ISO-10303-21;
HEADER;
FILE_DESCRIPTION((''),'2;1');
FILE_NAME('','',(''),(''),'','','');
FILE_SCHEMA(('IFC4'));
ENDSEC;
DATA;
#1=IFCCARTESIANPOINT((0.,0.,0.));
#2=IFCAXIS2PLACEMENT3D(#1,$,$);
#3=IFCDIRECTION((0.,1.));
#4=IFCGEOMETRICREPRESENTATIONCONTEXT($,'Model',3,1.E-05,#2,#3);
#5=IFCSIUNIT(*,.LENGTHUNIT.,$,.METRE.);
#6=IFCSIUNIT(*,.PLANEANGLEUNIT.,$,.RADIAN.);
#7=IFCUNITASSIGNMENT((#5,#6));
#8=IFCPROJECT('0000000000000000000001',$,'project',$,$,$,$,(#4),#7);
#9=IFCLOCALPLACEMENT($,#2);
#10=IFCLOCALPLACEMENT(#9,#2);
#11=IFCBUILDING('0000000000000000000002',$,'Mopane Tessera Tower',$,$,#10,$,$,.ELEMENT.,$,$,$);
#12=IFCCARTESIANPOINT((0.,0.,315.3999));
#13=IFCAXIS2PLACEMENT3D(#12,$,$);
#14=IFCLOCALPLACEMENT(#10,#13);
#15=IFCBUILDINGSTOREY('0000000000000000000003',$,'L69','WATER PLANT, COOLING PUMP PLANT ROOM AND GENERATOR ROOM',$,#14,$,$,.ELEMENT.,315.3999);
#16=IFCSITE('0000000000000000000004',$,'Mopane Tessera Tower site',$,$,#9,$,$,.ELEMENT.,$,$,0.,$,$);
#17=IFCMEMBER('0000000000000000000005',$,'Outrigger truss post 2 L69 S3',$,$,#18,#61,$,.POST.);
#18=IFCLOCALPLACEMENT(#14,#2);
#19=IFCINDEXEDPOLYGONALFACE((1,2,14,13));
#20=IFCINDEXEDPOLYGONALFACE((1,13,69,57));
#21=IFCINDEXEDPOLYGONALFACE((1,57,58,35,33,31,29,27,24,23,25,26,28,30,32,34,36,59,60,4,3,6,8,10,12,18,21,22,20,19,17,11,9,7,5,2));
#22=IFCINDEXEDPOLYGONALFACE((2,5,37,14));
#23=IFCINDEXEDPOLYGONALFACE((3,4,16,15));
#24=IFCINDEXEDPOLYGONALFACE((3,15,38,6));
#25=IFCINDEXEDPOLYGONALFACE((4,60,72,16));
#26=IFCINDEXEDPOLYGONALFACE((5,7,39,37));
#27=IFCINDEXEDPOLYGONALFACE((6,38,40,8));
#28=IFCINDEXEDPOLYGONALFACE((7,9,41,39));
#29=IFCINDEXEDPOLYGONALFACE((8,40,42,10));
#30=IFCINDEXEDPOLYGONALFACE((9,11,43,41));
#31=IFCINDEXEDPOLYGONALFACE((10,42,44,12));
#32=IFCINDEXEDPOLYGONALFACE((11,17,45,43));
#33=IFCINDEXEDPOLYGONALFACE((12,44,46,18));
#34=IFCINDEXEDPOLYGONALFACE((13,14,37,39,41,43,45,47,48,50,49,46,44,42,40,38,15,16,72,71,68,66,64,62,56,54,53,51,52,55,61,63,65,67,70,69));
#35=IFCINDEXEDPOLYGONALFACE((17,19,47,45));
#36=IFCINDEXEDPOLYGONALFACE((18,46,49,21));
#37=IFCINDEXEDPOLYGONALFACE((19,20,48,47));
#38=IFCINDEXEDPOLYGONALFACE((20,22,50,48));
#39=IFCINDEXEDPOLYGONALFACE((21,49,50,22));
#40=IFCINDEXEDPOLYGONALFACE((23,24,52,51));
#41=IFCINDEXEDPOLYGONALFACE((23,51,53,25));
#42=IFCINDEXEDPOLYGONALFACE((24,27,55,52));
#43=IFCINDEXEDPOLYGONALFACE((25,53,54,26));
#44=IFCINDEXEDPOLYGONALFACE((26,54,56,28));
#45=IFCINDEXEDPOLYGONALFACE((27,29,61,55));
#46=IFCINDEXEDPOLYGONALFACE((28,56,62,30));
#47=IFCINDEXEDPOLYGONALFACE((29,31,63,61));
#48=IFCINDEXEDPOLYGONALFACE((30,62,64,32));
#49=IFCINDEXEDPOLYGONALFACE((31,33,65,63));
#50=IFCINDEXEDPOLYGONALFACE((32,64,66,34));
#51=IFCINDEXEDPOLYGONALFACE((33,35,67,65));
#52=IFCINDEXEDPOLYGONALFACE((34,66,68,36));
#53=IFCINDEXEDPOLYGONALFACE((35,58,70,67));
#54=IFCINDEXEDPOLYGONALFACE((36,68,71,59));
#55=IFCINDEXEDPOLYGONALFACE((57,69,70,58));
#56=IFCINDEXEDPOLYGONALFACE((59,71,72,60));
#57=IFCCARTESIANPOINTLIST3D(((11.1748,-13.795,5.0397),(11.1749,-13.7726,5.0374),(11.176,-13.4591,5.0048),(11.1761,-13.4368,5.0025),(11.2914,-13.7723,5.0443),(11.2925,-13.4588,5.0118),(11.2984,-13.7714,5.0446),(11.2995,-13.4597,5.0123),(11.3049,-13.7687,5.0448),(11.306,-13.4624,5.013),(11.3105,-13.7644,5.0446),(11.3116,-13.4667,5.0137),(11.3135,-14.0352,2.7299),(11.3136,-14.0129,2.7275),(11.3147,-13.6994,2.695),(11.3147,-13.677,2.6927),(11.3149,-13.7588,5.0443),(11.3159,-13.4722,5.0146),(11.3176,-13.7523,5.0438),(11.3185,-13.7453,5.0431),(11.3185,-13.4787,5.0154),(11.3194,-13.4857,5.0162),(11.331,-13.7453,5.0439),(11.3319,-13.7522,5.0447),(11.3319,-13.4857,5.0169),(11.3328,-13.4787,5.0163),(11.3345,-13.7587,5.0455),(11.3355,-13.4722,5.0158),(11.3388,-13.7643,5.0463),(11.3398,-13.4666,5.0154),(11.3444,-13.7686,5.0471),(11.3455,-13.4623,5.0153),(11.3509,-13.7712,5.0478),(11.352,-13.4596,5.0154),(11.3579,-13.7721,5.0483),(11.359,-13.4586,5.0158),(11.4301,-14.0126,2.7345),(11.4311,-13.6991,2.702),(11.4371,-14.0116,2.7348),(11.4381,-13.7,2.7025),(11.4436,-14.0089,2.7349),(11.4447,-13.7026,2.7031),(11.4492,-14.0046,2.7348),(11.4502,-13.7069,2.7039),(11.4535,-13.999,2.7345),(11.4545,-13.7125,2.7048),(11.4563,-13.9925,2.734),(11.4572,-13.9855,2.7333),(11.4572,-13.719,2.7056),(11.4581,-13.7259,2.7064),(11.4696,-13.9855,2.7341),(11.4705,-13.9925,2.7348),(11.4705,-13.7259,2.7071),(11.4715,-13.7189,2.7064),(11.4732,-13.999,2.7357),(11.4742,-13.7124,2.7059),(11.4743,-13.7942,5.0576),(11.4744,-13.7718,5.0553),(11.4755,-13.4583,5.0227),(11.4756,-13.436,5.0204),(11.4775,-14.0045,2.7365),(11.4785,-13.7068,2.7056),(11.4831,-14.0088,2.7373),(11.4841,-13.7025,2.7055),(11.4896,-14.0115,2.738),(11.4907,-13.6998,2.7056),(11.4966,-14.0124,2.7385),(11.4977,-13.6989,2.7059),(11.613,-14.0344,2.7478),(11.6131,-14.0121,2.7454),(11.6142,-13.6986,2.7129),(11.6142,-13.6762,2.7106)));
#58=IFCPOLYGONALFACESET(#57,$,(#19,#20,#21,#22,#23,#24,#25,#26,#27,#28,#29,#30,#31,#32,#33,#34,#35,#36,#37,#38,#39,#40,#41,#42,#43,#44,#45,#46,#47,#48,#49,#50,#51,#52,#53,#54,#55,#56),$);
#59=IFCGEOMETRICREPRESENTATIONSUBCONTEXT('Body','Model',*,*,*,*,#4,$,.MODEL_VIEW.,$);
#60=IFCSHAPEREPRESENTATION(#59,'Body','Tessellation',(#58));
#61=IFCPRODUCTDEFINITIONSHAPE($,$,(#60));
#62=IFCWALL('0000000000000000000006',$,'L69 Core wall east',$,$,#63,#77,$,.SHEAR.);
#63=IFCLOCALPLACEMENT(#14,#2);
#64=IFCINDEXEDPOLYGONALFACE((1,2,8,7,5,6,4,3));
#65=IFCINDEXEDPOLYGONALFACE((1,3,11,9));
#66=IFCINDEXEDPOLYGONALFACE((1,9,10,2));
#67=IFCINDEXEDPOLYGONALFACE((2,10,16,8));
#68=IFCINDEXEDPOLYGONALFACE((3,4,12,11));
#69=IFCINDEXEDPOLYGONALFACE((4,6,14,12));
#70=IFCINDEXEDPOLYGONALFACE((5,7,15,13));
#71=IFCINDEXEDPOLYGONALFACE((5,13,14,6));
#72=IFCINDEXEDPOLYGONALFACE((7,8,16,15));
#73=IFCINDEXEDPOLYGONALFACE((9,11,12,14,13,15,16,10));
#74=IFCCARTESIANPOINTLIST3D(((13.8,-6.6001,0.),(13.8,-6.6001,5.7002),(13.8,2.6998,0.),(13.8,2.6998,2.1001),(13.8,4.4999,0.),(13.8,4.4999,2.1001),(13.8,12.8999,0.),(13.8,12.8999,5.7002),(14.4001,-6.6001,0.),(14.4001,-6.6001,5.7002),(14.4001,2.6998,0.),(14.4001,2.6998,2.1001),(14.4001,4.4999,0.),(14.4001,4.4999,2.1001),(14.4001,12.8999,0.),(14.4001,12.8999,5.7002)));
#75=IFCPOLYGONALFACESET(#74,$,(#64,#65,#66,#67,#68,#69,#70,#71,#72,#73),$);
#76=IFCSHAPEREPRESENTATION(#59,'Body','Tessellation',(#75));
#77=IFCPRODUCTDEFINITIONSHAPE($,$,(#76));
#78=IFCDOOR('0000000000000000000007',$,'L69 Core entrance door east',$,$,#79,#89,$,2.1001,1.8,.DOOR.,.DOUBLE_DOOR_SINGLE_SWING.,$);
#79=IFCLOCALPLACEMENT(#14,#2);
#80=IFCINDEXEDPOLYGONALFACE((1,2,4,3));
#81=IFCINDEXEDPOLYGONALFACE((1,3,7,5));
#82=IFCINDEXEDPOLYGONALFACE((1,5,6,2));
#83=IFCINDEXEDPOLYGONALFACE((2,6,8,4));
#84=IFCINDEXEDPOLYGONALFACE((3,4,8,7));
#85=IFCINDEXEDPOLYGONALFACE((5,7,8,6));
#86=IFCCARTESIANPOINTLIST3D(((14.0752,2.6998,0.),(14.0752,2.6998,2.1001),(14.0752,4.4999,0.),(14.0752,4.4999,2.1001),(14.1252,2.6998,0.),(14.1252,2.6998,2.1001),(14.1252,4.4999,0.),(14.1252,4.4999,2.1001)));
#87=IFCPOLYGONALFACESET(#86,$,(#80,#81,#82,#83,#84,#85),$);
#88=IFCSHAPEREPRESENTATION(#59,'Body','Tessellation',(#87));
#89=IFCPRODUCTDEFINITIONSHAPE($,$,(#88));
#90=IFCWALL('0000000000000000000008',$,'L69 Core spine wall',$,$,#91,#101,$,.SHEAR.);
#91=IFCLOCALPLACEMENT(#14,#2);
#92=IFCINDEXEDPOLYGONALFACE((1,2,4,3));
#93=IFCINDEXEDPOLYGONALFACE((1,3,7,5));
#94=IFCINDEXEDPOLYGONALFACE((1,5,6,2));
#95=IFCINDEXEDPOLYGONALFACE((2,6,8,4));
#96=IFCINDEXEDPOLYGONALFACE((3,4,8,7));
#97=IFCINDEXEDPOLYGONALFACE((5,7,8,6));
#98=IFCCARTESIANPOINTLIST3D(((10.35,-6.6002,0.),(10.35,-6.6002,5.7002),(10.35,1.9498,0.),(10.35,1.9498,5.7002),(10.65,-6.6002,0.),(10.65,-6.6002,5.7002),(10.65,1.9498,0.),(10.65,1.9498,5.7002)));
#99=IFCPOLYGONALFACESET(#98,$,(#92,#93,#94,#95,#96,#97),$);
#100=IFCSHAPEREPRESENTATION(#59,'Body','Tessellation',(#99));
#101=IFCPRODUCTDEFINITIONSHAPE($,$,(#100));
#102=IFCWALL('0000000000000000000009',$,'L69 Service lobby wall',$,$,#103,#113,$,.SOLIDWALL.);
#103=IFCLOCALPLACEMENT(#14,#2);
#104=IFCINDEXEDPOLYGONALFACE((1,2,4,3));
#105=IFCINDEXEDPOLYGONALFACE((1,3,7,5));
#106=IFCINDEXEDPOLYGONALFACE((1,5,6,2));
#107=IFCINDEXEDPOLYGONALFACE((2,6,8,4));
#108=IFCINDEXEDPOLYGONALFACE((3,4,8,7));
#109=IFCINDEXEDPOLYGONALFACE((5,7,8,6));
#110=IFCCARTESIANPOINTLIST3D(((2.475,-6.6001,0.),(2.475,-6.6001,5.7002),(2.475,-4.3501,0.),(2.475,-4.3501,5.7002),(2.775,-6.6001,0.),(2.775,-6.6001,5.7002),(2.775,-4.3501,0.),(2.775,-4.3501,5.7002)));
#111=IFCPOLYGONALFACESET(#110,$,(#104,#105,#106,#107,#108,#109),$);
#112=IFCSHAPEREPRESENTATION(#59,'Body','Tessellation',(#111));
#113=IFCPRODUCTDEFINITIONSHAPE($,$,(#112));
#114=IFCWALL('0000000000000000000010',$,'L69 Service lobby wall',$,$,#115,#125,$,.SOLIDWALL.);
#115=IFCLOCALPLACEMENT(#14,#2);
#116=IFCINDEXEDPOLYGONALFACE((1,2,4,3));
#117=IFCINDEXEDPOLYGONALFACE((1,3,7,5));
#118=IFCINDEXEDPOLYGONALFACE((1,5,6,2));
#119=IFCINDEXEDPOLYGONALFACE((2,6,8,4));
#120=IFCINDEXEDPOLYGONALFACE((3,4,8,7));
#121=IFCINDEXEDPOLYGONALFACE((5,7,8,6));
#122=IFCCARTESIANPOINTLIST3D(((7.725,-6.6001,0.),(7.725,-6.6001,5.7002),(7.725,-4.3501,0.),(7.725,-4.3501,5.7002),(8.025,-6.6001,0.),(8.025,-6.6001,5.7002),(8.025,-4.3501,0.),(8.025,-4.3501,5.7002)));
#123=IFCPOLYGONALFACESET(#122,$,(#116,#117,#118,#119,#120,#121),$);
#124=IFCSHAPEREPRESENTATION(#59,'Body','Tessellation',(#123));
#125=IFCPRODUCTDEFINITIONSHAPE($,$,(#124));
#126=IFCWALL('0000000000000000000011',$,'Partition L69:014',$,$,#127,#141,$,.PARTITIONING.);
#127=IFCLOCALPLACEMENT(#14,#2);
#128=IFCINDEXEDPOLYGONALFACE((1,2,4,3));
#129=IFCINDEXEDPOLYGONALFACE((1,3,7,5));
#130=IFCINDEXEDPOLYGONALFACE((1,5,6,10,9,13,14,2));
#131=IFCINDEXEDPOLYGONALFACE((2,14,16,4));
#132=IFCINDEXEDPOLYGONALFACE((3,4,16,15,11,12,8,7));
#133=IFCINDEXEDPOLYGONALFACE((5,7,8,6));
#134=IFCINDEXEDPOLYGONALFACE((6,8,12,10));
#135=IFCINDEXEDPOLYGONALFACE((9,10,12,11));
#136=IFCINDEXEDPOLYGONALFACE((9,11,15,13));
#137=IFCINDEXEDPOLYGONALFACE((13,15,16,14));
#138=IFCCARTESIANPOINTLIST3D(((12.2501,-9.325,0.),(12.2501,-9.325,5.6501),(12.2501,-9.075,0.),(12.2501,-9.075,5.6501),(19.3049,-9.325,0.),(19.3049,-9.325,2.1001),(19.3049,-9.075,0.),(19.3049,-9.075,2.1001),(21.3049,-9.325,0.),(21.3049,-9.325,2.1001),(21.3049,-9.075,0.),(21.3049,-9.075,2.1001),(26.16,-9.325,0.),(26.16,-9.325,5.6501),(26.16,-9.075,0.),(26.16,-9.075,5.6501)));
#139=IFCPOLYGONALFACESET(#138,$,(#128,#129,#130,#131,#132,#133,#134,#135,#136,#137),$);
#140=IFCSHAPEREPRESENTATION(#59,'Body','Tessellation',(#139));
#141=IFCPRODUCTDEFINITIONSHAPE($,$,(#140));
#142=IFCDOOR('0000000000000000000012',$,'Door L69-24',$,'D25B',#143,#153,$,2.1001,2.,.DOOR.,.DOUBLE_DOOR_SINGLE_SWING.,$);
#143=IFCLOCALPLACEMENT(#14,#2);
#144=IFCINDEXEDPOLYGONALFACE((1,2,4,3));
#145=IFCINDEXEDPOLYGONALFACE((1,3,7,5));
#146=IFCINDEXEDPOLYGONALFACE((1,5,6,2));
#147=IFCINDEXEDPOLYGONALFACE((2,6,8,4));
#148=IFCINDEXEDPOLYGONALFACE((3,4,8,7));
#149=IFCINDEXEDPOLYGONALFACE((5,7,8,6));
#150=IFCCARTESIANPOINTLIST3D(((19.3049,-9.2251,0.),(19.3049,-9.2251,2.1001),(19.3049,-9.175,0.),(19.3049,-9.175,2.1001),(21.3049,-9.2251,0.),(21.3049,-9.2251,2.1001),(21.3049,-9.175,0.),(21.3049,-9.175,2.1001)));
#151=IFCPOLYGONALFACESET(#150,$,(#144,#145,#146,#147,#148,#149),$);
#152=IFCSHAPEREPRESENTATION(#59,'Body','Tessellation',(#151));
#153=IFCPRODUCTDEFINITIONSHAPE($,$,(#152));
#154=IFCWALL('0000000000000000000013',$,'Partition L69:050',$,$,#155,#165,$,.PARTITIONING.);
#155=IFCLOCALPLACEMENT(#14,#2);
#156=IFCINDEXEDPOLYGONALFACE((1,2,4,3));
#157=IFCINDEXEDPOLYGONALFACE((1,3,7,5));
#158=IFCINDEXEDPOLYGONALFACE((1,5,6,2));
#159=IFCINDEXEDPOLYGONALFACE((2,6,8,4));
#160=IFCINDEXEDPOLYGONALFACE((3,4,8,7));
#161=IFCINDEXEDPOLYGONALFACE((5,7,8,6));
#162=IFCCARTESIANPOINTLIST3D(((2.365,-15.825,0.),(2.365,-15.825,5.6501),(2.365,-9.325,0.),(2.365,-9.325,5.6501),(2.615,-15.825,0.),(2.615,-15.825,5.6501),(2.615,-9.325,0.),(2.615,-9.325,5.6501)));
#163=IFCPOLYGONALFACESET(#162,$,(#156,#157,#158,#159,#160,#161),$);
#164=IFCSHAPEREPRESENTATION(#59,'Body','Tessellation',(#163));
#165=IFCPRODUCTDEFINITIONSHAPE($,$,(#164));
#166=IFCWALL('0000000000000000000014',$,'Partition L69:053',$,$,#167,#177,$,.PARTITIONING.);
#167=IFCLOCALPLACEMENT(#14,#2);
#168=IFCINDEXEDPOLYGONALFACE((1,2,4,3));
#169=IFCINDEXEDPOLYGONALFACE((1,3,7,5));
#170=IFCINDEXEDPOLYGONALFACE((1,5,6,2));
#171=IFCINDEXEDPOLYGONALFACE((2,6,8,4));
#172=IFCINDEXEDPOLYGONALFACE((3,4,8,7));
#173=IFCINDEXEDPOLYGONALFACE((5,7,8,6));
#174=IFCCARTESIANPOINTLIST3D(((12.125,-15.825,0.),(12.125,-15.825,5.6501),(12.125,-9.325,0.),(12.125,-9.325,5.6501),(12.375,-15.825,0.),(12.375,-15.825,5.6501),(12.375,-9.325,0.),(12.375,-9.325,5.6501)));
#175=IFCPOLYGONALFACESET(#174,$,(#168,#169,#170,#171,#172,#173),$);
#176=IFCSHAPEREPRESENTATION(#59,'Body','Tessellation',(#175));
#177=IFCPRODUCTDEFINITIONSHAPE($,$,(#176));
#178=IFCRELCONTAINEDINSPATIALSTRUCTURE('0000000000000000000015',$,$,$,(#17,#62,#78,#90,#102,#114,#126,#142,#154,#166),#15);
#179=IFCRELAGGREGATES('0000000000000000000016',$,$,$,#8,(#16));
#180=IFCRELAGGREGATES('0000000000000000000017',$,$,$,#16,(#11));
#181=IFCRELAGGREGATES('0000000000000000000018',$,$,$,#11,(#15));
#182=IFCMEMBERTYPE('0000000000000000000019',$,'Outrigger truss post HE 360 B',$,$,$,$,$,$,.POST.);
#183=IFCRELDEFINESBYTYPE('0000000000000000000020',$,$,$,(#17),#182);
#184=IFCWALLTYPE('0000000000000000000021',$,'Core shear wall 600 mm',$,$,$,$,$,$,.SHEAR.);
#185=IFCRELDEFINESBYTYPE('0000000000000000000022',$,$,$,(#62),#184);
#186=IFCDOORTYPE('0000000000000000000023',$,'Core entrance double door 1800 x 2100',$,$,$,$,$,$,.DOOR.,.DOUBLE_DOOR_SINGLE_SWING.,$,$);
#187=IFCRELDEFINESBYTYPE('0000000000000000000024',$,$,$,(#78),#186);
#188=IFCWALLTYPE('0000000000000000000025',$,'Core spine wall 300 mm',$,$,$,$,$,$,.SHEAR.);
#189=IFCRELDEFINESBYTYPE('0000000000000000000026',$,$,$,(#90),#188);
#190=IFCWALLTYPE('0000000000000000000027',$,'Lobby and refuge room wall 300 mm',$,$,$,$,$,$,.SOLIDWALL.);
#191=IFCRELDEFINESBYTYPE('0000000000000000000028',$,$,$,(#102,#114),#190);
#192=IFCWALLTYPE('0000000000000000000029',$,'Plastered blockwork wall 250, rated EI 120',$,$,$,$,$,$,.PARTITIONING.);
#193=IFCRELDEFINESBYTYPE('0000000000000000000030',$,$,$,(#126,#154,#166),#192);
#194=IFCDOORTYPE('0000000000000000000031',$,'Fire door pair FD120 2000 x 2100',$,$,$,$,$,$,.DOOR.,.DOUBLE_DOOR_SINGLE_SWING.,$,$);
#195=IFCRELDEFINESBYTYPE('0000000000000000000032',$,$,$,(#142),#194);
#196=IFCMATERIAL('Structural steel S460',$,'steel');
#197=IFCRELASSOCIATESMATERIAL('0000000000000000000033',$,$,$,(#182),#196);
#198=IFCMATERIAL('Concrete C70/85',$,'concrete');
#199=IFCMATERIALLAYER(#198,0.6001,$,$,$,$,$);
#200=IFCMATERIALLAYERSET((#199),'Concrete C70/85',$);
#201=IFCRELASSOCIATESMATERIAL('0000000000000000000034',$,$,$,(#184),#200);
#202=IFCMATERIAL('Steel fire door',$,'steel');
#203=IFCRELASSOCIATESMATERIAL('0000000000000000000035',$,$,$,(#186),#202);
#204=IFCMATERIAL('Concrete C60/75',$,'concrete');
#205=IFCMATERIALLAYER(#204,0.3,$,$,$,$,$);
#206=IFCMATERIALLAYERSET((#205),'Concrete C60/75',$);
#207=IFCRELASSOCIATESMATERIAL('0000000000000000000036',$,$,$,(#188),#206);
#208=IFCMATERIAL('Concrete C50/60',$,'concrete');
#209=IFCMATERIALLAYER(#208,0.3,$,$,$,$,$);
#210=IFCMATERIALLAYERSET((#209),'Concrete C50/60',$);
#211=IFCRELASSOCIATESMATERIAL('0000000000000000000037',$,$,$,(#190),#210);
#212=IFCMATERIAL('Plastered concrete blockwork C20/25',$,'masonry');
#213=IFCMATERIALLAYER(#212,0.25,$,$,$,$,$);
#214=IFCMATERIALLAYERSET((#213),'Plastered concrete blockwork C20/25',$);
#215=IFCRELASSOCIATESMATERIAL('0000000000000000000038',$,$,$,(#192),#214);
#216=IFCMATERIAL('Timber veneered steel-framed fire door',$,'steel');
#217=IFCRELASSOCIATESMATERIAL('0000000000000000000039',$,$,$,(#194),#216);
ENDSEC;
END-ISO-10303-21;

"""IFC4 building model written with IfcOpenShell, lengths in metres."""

from ifc_helpers import new_model, si_unit, direction, frame, frame_2d, origin, origin_2d, place, context, subcontext, project, spatial, rectangle, i_section, extrude, material, layer, layer_set, material_profile, profile_set, type_object, element, fill, save


model = new_model("IFC4")

# Units and contexts
model_context = context("Model", 3, precision=1e-05, world=origin(), true_north=direction((0.0, 1.0)))
body_context = subcontext(model_context, "Body", "Model", "MODEL_VIEW")
ifc_project = project(units=[si_unit("LENGTHUNIT", "METRE"), si_unit("PLANEANGLEUNIT", "RADIAN")], contexts=[model_context])

# Site, building, storey
site_placement = place(None, origin())
site = spatial("IfcSite", under=ifc_project, at=site_placement, Name="Mopane Tessera Tower site", CompositionType="ELEMENT", RefElevation=0.0)
building_placement = place(site_placement, origin())
building = spatial("IfcBuilding", under=site, at=building_placement, Name="Mopane Tessera Tower", CompositionType="ELEMENT")
storey_placement = place(building_placement, frame((0.0, 0.0, 315.3999)))
storey = spatial("IfcBuildingStorey", under=building, at=storey_placement, Name="L69", Description="WATER PLANT, COOLING PUMP PLANT ROOM AND GENERATOR ROOM", CompositionType="ELEMENT", Elevation=315.3999)

# Member
ifc_material_1 = material(Name="Structural steel S460", Category="steel")
ifc_material_profile_1 = material_profile(ifc_material_1, i_section(OverallWidth=0.3, OverallDepth=0.3601, WebThickness=0.0125, FlangeThickness=0.0225, FilletRadius=0.0271, at=origin_2d()))
ifc_profile_set_1 = profile_set([ifc_material_profile_1], Name="Structural steel S460")
member_type_1 = type_object("IfcMemberType", Name="Outrigger truss post HE 360 B", PredefinedType="POST", material=ifc_profile_set_1)
member_1_placement = place(storey_placement, frame((11.4639, -13.8557, 2.7202), z_axis=(-0.059608, 0.103264, 0.992866), x_axis=(0.998216, 0.002747, 0.059643)))
element("IfcMember", 1, at=member_1_placement, inside=storey, type_object=member_type_1, Name="Outrigger truss post 2 L69 S3", PredefinedType="POST", context=body_context, shape_type="SweptSolid", body=[
    extrude(i_section(OverallWidth=0.3, OverallDepth=0.3601, WebThickness=0.0125, FlangeThickness=0.0225, FilletRadius=0.0271, at=origin_2d()), origin(), (0.0, 0.0, 1.0), 2.3264),
])

# Wall, opening, door
ifc_material_2 = material(Name="Concrete C70/85", Category="concrete")
ifc_layer_1 = layer(ifc_material_2, 0.6001)
ifc_layer_set_1 = layer_set([ifc_layer_1], Name="Concrete C70/85")
wall_type_1 = type_object("IfcWallType", Name="Core shear wall 600 mm", PredefinedType="SHEAR", material=ifc_layer_set_1)
wall_1_placement = place(storey_placement, frame((14.1001, -6.6001, 0.0), z_axis=(0.0, 0.0, 1.0), x_axis=(0.0, 1.0, 0.0)))
wall_1 = element("IfcWall", 2, at=wall_1_placement, inside=storey, type_object=wall_type_1, Name="L69 Core wall east", PredefinedType="SHEAR", context=body_context, shape_type="SweptSolid", body=[
    extrude(rectangle(XDim=19.5, YDim=0.6001, at=frame_2d((9.75, 0.0))), origin(), (0.0, 0.0, 1.0), 5.7002),
])
opening_1_placement = place(wall_1_placement, frame((9.3, 0.0, 0.0)))
opening_1 = element("IfcOpeningElement", 3, at=opening_1_placement, cuts=wall_1, PredefinedType="OPENING", context=body_context, shape_type="SweptSolid", body=[
    extrude(rectangle(XDim=1.8, YDim=2.1001, at=frame_2d((0.8999, 1.05))), frame((0.0, 0.312, 0.0), z_axis=(0.0, -1.0, 0.0), x_axis=(1.0, 0.0, 0.0)), (0.0, 0.0, 1.0), 0.624),
])
ifc_material_3 = material(Name="Steel fire door", Category="steel")
door_type_1 = type_object("IfcDoorType", Name="Core entrance double door 1800 x 2100", OperationType="DOUBLE_DOOR_SINGLE_SWING", PredefinedType="DOOR", material=ifc_material_3)
door_1_placement = place(opening_1_placement, origin())
door_1 = element("IfcDoor", 4, at=door_1_placement, inside=storey, type_object=door_type_1, Name="L69 Core entrance door east", OperationType="DOUBLE_DOOR_SINGLE_SWING", OverallHeight=2.1001, OverallWidth=1.8, PredefinedType="DOOR", context=body_context, shape_type="SweptSolid", body=[
    extrude(rectangle(XDim=1.8, YDim=2.1001, at=frame_2d((0.8999, 1.05))), frame((0.0, 0.0249, 0.0), z_axis=(0.0, -1.0, 0.0), x_axis=(1.0, 0.0, 0.0)), (0.0, 0.0, 1.0), 0.05),
])
fill(opening_1, door_1)

# Walls
ifc_material_4 = material(Name="Concrete C60/75", Category="concrete")
ifc_layer_2 = layer(ifc_material_4, 0.3)
ifc_layer_set_2 = layer_set([ifc_layer_2], Name="Concrete C60/75")
wall_type_2 = type_object("IfcWallType", Name="Core spine wall 300 mm", PredefinedType="SHEAR", material=ifc_layer_set_2)
wall_2_placement = place(storey_placement, frame((10.5, -6.6001, 0.0), z_axis=(0.0, 0.0, 1.0), x_axis=(0.0, 1.0, 0.0)))
element("IfcWall", 5, at=wall_2_placement, inside=storey, type_object=wall_type_2, Name="L69 Core spine wall", PredefinedType="SHEAR", context=body_context, shape_type="SweptSolid", body=[
    extrude(rectangle(XDim=8.55, YDim=0.3, at=frame_2d((4.2749, 0.0))), origin(), (0.0, 0.0, 1.0), 5.7002),
])
ifc_material_5 = material(Name="Concrete C50/60", Category="concrete")
ifc_layer_3 = layer(ifc_material_5, 0.3)
ifc_layer_set_3 = layer_set([ifc_layer_3], Name="Concrete C50/60")
wall_type_3 = type_object("IfcWallType", Name="Lobby and refuge room wall 300 mm", PredefinedType="SOLIDWALL", material=ifc_layer_set_3)
for number, where, z_axis, x_axis, name in (
    (6, (2.625, -6.6001, 0.0), (0.0, 0.0, 1.0), (0.0, 1.0, 0.0), "L69 Service lobby wall"),
    (7, (7.875, -6.6001, 0.0), (0.0, 0.0, 1.0), (0.0, 1.0, 0.0), "L69 Service lobby wall"),
):
    element("IfcWall", number, at=place(storey_placement, frame(where, z_axis=z_axis, x_axis=x_axis)), inside=storey, type_object=wall_type_3, Name=name, PredefinedType="SOLIDWALL", context=body_context, shape_type="SweptSolid", body=[
        extrude(rectangle(XDim=2.25, YDim=0.3, at=frame_2d((1.125, 0.0))), origin(), (0.0, 0.0, 1.0), 5.7002),
    ])

# Wall, opening, door
ifc_material_6 = material(Name="Plastered concrete blockwork C20/25", Category="masonry")
ifc_layer_4 = layer(ifc_material_6, 0.25)
ifc_layer_set_4 = layer_set([ifc_layer_4], Name="Plastered concrete blockwork C20/25")
wall_type_4 = type_object("IfcWallType", Name="Plastered blockwork wall 250, rated EI 120", PredefinedType="PARTITIONING", material=ifc_layer_set_4)
wall_3_placement = place(storey_placement, frame((12.25, -9.2, 0.0), z_axis=(0.0, 0.0, 1.0), x_axis=(1.0, 0.0, 0.0)))
wall_3 = element("IfcWall", 8, at=wall_3_placement, inside=storey, type_object=wall_type_4, Name="Partition L69:014", PredefinedType="PARTITIONING", context=body_context, shape_type="SweptSolid", body=[
    extrude(rectangle(XDim=13.9099, YDim=0.25, at=frame_2d((6.9551, 0.0))), origin(), (0.0, 0.0, 1.0), 5.6501),
])
opening_2_placement = place(wall_3_placement, frame((7.0549, 0.0, 0.0)))
opening_2 = element("IfcOpeningElement", 9, at=opening_2_placement, cuts=wall_3, PredefinedType="OPENING", context=body_context, shape_type="SweptSolid", body=[
    extrude(rectangle(XDim=2.0, YDim=2.1001, at=frame_2d((1.0, 1.05))), frame((0.0, 0.137, 0.0), z_axis=(0.0, -1.0, 0.0), x_axis=(1.0, 0.0, 0.0)), (0.0, 0.0, 1.0), 0.2739),
])
ifc_material_7 = material(Name="Timber veneered steel-framed fire door", Category="steel")
door_type_2 = type_object("IfcDoorType", Name="Fire door pair FD120 2000 x 2100", OperationType="DOUBLE_DOOR_SINGLE_SWING", PredefinedType="DOOR", material=ifc_material_7)
door_2_placement = place(opening_2_placement, origin())
door_2 = element("IfcDoor", 10, at=door_2_placement, inside=storey, type_object=door_type_2, Name="Door L69-24", ObjectType="D25B", OperationType="DOUBLE_DOOR_SINGLE_SWING", OverallHeight=2.1001, OverallWidth=2.0, PredefinedType="DOOR", context=body_context, shape_type="SweptSolid", body=[
    extrude(rectangle(XDim=2.0, YDim=2.1001, at=frame_2d((1.0, 1.05))), frame((0.0, 0.0249, 0.0), z_axis=(0.0, -1.0, 0.0), x_axis=(1.0, 0.0, 0.0)), (0.0, 0.0, 1.0), 0.05),
])
fill(opening_2, door_2)

# Walls
for number, where, z_axis, x_axis, name in (
    (11, (2.49, -15.825, 0.0), (0.0, 0.0, 1.0), (0.0, 1.0, 0.0), "Partition L69:050"),
    (12, (12.25, -15.825, 0.0), (0.0, 0.0, 1.0), (0.0, 1.0, 0.0), "Partition L69:053"),
):
    element("IfcWall", number, at=place(storey_placement, frame(where, z_axis=z_axis, x_axis=x_axis)), inside=storey, type_object=wall_type_4, Name=name, PredefinedType="PARTITIONING", context=body_context, shape_type="SweptSolid", body=[
        extrude(rectangle(XDim=6.5, YDim=0.25, at=frame_2d((3.25, 0.0))), origin(), (0.0, 0.0, 1.0), 5.6501),
    ])

save(model, "model.ifc")
